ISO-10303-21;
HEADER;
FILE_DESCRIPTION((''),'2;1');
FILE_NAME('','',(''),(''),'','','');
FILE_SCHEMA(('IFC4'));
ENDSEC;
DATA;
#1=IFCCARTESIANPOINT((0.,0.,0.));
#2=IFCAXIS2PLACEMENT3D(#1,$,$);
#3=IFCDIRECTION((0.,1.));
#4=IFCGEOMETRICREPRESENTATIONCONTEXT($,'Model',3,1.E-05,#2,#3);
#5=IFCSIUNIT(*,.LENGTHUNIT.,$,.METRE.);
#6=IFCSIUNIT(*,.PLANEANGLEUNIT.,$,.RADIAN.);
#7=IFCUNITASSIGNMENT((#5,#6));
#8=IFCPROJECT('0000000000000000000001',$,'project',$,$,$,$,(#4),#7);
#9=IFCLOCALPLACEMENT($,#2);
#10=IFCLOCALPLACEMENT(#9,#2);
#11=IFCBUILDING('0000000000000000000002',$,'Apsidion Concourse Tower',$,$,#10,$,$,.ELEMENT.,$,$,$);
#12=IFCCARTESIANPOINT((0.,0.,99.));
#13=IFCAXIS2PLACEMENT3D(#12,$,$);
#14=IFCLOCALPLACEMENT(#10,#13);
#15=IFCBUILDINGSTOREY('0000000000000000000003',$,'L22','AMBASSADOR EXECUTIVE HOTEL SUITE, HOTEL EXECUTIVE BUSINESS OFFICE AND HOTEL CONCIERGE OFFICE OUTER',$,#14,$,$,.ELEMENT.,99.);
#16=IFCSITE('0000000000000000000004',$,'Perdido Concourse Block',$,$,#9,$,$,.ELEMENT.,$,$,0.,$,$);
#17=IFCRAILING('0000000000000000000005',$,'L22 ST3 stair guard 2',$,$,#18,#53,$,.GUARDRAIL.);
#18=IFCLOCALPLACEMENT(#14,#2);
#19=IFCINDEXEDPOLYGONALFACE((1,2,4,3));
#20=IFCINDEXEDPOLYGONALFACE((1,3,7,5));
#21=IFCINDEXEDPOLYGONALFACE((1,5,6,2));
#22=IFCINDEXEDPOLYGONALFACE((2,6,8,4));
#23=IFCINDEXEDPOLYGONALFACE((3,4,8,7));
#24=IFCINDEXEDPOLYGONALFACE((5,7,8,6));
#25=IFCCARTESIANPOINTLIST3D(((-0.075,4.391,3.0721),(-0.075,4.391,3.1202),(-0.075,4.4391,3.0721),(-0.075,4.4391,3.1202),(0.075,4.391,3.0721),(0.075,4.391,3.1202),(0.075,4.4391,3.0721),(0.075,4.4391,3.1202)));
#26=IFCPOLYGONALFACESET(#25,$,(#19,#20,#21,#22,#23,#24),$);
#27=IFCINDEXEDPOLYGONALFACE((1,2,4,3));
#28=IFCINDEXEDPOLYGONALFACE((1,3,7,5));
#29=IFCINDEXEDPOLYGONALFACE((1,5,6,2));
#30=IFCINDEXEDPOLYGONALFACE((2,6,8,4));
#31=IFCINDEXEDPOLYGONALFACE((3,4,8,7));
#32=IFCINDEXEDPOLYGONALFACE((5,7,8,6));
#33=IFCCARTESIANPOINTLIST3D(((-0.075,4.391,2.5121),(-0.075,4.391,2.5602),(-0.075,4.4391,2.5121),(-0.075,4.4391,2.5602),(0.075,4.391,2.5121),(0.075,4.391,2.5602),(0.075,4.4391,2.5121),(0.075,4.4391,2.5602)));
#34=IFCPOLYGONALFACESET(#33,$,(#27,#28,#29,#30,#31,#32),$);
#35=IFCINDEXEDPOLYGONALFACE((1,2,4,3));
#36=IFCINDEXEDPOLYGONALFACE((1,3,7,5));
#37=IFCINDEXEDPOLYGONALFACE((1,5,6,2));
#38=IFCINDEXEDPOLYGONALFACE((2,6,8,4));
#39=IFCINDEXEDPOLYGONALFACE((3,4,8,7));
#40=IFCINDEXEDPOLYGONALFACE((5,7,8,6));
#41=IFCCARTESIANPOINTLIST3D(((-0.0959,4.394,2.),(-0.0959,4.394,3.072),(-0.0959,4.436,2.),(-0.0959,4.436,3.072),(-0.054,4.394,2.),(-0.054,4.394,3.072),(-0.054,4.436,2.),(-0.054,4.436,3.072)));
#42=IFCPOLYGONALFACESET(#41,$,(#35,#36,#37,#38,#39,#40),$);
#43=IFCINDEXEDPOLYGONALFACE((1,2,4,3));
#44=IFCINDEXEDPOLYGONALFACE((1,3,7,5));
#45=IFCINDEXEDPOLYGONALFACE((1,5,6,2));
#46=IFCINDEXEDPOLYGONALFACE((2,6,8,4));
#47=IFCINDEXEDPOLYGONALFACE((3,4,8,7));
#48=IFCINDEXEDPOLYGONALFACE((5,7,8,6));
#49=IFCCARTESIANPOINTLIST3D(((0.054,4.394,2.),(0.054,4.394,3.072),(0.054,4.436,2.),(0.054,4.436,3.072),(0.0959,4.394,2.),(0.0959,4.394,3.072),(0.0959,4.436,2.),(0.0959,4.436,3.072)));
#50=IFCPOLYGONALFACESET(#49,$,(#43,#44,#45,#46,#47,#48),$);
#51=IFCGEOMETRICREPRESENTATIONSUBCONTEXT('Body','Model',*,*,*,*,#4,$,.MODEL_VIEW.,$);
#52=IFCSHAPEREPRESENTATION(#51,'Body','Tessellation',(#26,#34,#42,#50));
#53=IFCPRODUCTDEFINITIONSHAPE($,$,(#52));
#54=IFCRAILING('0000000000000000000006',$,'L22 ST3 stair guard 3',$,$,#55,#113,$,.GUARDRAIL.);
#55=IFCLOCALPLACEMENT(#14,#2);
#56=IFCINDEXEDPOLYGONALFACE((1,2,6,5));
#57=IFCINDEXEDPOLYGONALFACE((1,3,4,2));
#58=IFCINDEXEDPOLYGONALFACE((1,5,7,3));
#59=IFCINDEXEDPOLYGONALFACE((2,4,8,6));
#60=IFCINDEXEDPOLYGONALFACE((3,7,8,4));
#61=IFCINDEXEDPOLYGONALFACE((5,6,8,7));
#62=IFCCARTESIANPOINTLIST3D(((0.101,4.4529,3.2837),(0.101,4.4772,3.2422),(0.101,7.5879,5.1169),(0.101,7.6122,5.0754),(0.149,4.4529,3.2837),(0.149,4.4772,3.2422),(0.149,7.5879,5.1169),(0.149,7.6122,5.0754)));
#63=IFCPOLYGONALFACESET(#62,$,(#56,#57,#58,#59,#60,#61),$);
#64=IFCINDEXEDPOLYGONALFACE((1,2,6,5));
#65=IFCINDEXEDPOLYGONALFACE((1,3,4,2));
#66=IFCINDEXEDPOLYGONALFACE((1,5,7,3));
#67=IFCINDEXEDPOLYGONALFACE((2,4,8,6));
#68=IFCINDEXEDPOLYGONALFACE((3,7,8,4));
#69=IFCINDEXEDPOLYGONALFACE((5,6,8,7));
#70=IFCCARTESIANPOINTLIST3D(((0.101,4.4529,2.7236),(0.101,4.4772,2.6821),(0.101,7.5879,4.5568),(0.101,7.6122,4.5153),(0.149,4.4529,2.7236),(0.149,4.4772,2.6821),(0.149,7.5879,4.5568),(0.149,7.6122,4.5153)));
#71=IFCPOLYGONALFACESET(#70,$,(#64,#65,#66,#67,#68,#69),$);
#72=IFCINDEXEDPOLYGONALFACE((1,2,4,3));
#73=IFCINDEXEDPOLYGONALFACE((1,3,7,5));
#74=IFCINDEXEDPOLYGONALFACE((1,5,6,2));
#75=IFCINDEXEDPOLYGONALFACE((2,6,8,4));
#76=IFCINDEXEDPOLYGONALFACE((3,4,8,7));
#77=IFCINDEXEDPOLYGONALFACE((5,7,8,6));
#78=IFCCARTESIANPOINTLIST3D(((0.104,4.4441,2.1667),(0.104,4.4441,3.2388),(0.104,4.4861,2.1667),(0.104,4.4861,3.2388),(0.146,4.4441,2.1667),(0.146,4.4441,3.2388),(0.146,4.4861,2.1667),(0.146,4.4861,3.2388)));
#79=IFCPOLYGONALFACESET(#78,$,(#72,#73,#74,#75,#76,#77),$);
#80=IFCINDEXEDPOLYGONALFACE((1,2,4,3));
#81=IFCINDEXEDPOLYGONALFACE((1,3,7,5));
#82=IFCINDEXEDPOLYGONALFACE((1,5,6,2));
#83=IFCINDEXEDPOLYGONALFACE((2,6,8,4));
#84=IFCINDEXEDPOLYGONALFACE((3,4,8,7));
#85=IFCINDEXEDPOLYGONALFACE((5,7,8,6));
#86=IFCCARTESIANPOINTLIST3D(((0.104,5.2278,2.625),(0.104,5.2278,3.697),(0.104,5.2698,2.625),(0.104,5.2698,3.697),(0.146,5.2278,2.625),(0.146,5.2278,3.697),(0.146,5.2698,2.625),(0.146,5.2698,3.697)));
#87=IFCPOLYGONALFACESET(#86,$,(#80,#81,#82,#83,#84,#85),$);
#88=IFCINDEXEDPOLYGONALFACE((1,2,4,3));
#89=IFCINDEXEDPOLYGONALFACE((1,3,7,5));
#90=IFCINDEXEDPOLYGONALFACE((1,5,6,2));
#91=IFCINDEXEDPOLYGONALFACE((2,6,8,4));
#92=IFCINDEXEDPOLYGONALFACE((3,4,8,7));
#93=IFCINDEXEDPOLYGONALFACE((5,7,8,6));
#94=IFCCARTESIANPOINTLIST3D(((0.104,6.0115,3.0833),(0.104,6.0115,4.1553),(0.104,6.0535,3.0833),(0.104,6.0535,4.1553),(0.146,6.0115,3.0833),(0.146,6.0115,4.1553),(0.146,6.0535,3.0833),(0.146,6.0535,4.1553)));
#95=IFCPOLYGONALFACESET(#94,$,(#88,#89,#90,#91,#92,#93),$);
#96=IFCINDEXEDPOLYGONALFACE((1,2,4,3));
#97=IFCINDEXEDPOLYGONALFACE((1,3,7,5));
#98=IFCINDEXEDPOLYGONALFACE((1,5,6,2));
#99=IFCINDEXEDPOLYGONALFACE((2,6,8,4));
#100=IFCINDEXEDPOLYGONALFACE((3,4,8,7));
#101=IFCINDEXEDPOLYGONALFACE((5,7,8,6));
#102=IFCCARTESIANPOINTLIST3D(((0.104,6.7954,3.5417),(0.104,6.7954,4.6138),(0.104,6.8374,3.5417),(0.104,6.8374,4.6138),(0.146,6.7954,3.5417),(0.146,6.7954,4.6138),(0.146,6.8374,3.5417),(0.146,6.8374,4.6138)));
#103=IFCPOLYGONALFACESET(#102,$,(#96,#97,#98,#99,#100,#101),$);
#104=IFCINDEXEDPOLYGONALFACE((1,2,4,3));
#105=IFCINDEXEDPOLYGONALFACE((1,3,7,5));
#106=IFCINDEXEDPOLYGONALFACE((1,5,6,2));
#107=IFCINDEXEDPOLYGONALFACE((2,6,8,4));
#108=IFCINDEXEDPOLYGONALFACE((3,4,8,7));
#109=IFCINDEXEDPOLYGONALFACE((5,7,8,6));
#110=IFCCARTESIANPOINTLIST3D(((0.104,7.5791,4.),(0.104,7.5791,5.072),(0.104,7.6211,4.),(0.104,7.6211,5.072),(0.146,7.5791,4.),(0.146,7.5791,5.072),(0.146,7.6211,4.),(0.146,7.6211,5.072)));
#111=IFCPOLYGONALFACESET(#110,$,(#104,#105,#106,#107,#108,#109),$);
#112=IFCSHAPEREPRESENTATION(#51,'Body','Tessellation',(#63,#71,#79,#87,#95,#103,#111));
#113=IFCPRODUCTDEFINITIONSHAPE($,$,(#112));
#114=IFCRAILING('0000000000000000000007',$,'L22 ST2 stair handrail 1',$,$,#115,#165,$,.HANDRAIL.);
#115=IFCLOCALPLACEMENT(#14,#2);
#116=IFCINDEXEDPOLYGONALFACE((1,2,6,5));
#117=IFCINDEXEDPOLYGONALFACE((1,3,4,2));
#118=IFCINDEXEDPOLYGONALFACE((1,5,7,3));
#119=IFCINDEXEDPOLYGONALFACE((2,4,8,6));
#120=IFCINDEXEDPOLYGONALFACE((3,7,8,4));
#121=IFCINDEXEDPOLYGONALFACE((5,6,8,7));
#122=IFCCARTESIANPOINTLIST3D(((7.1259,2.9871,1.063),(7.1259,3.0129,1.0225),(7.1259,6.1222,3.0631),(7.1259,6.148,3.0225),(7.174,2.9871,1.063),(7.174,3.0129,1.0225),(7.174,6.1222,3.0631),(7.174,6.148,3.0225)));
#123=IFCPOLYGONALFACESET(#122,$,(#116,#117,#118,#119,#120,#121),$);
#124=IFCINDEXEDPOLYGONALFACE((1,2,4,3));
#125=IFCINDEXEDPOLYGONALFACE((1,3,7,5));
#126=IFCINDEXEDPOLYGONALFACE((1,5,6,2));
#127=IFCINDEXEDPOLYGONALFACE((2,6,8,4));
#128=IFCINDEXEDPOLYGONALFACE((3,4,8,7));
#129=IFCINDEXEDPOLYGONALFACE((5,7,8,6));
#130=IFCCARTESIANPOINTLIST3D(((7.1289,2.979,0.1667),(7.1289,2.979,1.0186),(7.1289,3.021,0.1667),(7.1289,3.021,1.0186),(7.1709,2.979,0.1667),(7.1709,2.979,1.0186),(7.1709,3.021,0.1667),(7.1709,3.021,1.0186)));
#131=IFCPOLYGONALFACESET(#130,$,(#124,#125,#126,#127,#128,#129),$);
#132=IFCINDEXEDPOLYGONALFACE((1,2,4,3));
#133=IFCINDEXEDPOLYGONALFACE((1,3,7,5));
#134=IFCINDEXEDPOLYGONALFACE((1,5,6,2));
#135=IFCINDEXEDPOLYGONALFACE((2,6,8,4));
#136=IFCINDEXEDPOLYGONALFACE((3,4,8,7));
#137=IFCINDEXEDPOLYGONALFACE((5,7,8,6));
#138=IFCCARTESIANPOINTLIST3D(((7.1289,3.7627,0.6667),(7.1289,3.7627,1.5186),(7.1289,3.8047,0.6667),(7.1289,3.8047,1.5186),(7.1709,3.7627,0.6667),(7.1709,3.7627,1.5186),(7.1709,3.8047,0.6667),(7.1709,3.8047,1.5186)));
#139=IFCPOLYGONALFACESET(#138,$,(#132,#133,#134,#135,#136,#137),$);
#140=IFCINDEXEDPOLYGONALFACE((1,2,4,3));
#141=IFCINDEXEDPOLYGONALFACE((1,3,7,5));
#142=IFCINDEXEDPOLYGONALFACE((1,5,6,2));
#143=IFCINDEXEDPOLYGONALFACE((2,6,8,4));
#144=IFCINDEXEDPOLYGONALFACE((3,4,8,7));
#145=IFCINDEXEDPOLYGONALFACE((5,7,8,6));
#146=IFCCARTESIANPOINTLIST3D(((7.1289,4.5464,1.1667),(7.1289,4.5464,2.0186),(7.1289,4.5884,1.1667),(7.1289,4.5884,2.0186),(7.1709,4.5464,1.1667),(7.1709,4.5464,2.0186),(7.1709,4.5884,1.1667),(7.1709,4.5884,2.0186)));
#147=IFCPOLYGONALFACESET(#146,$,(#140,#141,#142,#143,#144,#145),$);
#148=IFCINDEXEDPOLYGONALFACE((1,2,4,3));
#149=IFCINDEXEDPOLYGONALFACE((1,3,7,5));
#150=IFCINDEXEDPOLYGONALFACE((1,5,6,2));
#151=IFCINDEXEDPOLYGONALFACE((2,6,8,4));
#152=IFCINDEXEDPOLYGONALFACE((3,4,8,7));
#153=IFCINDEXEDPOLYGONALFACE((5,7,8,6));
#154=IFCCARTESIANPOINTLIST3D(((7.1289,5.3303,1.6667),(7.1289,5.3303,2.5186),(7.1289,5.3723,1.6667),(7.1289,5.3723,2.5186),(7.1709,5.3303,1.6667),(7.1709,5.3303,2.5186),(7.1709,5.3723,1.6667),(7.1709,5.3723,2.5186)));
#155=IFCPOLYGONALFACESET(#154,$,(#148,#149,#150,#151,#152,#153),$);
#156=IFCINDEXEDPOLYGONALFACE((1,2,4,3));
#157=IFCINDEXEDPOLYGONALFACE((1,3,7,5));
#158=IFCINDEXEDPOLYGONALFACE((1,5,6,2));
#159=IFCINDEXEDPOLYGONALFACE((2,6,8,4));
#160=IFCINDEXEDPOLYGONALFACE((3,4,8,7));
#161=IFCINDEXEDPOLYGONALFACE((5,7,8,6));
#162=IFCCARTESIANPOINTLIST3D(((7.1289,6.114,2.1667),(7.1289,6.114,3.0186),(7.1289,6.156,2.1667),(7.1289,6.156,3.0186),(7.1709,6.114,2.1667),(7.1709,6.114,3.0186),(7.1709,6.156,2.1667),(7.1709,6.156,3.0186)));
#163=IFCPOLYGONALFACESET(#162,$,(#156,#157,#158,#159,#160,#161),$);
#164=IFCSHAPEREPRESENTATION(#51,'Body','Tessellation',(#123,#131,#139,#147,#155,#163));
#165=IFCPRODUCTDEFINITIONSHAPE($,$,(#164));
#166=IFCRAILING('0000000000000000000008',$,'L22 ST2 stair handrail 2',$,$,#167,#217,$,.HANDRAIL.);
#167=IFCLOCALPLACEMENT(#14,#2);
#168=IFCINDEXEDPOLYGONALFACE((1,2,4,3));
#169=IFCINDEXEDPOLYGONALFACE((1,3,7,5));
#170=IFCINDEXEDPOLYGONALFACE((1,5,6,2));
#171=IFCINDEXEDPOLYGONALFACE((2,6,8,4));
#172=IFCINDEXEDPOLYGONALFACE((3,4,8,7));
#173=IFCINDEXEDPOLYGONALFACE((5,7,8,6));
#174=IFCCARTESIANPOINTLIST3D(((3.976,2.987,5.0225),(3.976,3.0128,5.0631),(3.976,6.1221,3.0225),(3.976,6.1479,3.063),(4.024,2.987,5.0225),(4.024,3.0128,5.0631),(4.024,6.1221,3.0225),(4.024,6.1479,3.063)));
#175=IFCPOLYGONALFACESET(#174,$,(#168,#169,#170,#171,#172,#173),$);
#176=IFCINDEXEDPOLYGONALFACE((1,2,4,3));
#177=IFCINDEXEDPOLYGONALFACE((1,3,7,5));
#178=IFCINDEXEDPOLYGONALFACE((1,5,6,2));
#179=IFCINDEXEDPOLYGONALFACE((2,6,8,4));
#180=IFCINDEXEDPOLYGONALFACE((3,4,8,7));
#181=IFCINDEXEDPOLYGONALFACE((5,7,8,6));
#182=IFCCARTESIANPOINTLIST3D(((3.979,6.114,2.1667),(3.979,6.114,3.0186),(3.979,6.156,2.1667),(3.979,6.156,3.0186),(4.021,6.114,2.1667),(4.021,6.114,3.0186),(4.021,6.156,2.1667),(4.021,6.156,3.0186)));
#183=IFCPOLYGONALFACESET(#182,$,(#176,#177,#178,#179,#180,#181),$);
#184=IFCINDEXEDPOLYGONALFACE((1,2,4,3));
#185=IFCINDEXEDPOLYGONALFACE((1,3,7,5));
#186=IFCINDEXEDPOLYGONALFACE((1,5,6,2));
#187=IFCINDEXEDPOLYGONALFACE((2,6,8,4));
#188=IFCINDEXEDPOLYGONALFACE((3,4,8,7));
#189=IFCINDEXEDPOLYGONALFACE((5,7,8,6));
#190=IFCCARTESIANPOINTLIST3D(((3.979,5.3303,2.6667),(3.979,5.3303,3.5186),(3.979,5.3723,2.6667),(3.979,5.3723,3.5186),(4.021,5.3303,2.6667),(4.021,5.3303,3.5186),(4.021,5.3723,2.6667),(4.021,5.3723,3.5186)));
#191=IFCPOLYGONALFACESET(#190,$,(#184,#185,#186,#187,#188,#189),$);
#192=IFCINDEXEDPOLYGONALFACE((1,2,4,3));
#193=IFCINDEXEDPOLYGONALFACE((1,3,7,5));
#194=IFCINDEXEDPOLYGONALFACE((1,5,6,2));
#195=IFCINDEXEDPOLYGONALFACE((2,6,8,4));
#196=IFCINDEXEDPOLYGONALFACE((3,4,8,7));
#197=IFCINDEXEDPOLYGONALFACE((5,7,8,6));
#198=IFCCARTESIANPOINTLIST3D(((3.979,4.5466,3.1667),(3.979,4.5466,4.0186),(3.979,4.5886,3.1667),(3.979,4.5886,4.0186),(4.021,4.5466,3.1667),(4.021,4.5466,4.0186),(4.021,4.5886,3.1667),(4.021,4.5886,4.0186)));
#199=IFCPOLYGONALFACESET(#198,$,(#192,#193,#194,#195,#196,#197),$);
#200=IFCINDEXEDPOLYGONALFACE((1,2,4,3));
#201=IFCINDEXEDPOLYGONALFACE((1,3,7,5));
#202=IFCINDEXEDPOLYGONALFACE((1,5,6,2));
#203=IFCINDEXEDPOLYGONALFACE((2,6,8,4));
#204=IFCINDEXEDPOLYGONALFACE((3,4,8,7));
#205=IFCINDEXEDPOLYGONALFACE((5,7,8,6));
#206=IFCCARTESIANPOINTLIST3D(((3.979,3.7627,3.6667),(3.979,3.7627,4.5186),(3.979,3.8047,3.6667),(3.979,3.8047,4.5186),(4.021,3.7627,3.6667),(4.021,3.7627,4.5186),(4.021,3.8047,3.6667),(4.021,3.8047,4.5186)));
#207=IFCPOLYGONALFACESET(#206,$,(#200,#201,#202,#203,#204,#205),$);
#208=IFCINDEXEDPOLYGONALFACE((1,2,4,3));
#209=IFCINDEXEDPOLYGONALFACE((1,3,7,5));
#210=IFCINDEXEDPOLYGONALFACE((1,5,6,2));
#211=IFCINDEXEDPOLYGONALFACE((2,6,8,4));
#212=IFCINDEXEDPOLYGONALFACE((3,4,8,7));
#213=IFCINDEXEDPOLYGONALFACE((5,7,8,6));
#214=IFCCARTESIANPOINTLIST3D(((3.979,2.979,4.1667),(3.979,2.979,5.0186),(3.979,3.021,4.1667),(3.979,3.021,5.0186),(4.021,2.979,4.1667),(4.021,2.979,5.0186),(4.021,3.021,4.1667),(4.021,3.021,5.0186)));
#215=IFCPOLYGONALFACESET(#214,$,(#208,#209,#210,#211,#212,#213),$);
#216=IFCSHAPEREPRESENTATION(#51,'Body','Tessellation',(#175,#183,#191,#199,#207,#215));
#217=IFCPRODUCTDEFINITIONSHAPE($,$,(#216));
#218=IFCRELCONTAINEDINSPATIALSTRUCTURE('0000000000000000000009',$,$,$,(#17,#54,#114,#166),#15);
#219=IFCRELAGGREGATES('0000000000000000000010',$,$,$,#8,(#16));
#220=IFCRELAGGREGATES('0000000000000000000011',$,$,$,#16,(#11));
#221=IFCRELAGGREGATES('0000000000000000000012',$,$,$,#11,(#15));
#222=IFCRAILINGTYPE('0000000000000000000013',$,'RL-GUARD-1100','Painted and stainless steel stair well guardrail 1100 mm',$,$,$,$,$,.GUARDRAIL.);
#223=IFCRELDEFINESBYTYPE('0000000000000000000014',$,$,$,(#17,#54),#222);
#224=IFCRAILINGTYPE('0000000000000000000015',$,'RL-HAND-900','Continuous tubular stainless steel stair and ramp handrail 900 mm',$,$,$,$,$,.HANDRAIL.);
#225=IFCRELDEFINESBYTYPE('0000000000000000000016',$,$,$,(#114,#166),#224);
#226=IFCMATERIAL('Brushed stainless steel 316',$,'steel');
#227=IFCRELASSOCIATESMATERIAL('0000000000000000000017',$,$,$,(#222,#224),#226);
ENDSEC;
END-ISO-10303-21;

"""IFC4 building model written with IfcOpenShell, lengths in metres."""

from ifc_helpers import new_model, si_unit, direction, frame, origin, origin_2d, place, context, subcontext, project, spatial, rectangle, extrude, material, type_object, element, save


model = new_model("IFC4")

# Units and contexts
model_context = context("Model", 3, precision=1e-05, world=origin(), true_north=direction((0.0, 1.0)))
body_context = subcontext(model_context, "Body", "Model", "MODEL_VIEW")
ifc_project = project(units=[si_unit("LENGTHUNIT", "METRE"), si_unit("PLANEANGLEUNIT", "RADIAN")], contexts=[model_context])

# Site, building, storey
site_placement = place(None, origin())
site = spatial("IfcSite", under=ifc_project, at=site_placement, Name="Perdido Concourse Block", CompositionType="ELEMENT", RefElevation=0.0)
building_placement = place(site_placement, origin())
building = spatial("IfcBuilding", under=site, at=building_placement, Name="Apsidion Concourse Tower", CompositionType="ELEMENT")
storey_placement = place(building_placement, frame((0.0, 0.0, 99.0)))
storey = spatial("IfcBuildingStorey", under=building, at=storey_placement, Name="L22", Description="AMBASSADOR EXECUTIVE HOTEL SUITE, HOTEL EXECUTIVE BUSINESS OFFICE AND HOTEL CONCIERGE OFFICE OUTER", CompositionType="ELEMENT", Elevation=99.0)

# Railings
ifc_material_1 = material(Name="Brushed stainless steel 316", Category="steel")
railing_type_1 = type_object("IfcRailingType", Name="RL-GUARD-1100", Description="Painted and stainless steel stair well guardrail 1100 mm", PredefinedType="GUARDRAIL", material=ifc_material_1)
railing_1_placement = place(storey_placement, frame((-0.075, 4.415, 2.0)))
element("IfcRailing", 1, at=railing_1_placement, inside=storey, type_object=railing_type_1, Name="L22 ST3 stair guard 2", PredefinedType="GUARDRAIL", context=body_context, shape_type="SweptSolid", body=[
    extrude(rectangle(XDim=0.0481, YDim=0.0481, at=origin_2d()), frame((0.0, 0.0, 1.0962), z_axis=(1.0, 0.0, 0.0), x_axis=(0.0, 1.0, 0.0)), (0.0, 0.0, 1.0), 0.1499),
    extrude(rectangle(XDim=0.0481, YDim=0.0481, at=origin_2d()), frame((0.0, 0.0, 0.5361), z_axis=(1.0, 0.0, 0.0), x_axis=(0.0, 1.0, 0.0)), (0.0, 0.0, 1.0), 0.1499),
    extrude(rectangle(XDim=0.042, YDim=0.042, at=origin_2d()), origin(), (0.0, 0.0, 1.0), 1.072),
    extrude(rectangle(XDim=0.042, YDim=0.042, at=origin_2d()), frame((0.1499, 0.0, 0.0)), (0.0, 0.0, 1.0), 1.072),
])
railing_2_placement = place(storey_placement, frame((0.125, 4.4651, 2.1667)))
element("IfcRailing", 2, at=railing_2_placement, inside=storey, type_object=railing_type_1, Name="L22 ST3 stair guard 3", PredefinedType="GUARDRAIL", context=body_context, shape_type="SweptSolid", body=[
    extrude(rectangle(XDim=0.0481, YDim=0.0481, at=origin_2d()), frame((0.0, 0.0, 1.0962), z_axis=(0.0, 0.86324, 0.504794), x_axis=(-1.0, 0.0, 0.0)), (0.0, 0.0, 1.0), 3.6316),
    extrude(rectangle(XDim=0.0481, YDim=0.0481, at=origin_2d()), frame((0.0, 0.0, 0.5361), z_axis=(0.0, 0.86324, 0.504794), x_axis=(-1.0, 0.0, 0.0)), (0.0, 0.0, 1.0), 3.6316),
    extrude(rectangle(XDim=0.042, YDim=0.042, at=origin_2d()), origin(), (0.0, 0.0, 1.0), 1.072),
    extrude(rectangle(XDim=0.042, YDim=0.042, at=origin_2d()), frame((0.0, 0.7837, 0.4583)), (0.0, 0.0, 1.0), 1.072),
    extrude(rectangle(XDim=0.042, YDim=0.042, at=origin_2d()), frame((0.0, 1.5674, 0.9165)), (0.0, 0.0, 1.0), 1.072),
    extrude(rectangle(XDim=0.042, YDim=0.042, at=origin_2d()), frame((0.0, 2.3513, 1.375)), (0.0, 0.0, 1.0), 1.072),
    extrude(rectangle(XDim=0.042, YDim=0.042, at=origin_2d()), frame((0.0, 3.135, 1.8333)), (0.0, 0.0, 1.0), 1.072),
])
railing_type_2 = type_object("IfcRailingType", Name="RL-HAND-900", Description="Continuous tubular stainless steel stair and ramp handrail 900 mm", PredefinedType="HANDRAIL", material=ifc_material_1)
railing_3_placement = place(storey_placement, frame((7.1499, 3.0, 0.1667)))
element("IfcRailing", 3, at=railing_3_placement, inside=storey, type_object=railing_type_2, Name="L22 ST2 stair handrail 1", PredefinedType="HANDRAIL", context=body_context, shape_type="SweptSolid", body=[
    extrude(rectangle(XDim=0.0481, YDim=0.0481, at=origin_2d()), frame((0.0, 0.0, 0.876), z_axis=(0.0, 0.843053, 0.537831), x_axis=(-1.0, 0.0, 0.0)), (0.0, 0.0, 1.0), 3.7188),
    extrude(rectangle(XDim=0.042, YDim=0.042, at=origin_2d()), origin(), (0.0, 0.0, 1.0), 0.8518),
    extrude(rectangle(XDim=0.042, YDim=0.042, at=origin_2d()), frame((0.0, 0.7837, 0.5)), (0.0, 0.0, 1.0), 0.8518),
    extrude(rectangle(XDim=0.042, YDim=0.042, at=origin_2d()), frame((0.0, 1.5674, 1.0)), (0.0, 0.0, 1.0), 0.8518),
    extrude(rectangle(XDim=0.042, YDim=0.042, at=origin_2d()), frame((0.0, 2.3513, 1.5)), (0.0, 0.0, 1.0), 0.8518),
    extrude(rectangle(XDim=0.042, YDim=0.042, at=origin_2d()), frame((0.0, 3.135, 2.0)), (0.0, 0.0, 1.0), 0.8518),
])
railing_4_placement = place(storey_placement, frame((4.0, 6.135, 2.1667)))
element("IfcRailing", 4, at=railing_4_placement, inside=storey, type_object=railing_type_2, Name="L22 ST2 stair handrail 2", PredefinedType="HANDRAIL", context=body_context, shape_type="SweptSolid", body=[
    extrude(rectangle(XDim=0.0481, YDim=0.0481, at=origin_2d()), frame((0.0, 0.0, 0.876), z_axis=(0.0, -0.843053, 0.537831), x_axis=(1.0, 0.0, 0.0)), (0.0, 0.0, 1.0), 3.7188),
    extrude(rectangle(XDim=0.042, YDim=0.042, at=origin_2d()), origin(), (0.0, 0.0, 1.0), 0.8518),
    extrude(rectangle(XDim=0.042, YDim=0.042, at=origin_2d()), frame((0.0, -0.7837, 0.5)), (0.0, 0.0, 1.0), 0.8518),
    extrude(rectangle(XDim=0.042, YDim=0.042, at=origin_2d()), frame((0.0, -1.5674, 1.0)), (0.0, 0.0, 1.0), 0.8518),
    extrude(rectangle(XDim=0.042, YDim=0.042, at=origin_2d()), frame((0.0, -2.3513, 1.5)), (0.0, 0.0, 1.0), 0.8518),
    extrude(rectangle(XDim=0.042, YDim=0.042, at=origin_2d()), frame((0.0, -3.135, 2.0)), (0.0, 0.0, 1.0), 0.8518),
])

save(model, "model.ifc")
